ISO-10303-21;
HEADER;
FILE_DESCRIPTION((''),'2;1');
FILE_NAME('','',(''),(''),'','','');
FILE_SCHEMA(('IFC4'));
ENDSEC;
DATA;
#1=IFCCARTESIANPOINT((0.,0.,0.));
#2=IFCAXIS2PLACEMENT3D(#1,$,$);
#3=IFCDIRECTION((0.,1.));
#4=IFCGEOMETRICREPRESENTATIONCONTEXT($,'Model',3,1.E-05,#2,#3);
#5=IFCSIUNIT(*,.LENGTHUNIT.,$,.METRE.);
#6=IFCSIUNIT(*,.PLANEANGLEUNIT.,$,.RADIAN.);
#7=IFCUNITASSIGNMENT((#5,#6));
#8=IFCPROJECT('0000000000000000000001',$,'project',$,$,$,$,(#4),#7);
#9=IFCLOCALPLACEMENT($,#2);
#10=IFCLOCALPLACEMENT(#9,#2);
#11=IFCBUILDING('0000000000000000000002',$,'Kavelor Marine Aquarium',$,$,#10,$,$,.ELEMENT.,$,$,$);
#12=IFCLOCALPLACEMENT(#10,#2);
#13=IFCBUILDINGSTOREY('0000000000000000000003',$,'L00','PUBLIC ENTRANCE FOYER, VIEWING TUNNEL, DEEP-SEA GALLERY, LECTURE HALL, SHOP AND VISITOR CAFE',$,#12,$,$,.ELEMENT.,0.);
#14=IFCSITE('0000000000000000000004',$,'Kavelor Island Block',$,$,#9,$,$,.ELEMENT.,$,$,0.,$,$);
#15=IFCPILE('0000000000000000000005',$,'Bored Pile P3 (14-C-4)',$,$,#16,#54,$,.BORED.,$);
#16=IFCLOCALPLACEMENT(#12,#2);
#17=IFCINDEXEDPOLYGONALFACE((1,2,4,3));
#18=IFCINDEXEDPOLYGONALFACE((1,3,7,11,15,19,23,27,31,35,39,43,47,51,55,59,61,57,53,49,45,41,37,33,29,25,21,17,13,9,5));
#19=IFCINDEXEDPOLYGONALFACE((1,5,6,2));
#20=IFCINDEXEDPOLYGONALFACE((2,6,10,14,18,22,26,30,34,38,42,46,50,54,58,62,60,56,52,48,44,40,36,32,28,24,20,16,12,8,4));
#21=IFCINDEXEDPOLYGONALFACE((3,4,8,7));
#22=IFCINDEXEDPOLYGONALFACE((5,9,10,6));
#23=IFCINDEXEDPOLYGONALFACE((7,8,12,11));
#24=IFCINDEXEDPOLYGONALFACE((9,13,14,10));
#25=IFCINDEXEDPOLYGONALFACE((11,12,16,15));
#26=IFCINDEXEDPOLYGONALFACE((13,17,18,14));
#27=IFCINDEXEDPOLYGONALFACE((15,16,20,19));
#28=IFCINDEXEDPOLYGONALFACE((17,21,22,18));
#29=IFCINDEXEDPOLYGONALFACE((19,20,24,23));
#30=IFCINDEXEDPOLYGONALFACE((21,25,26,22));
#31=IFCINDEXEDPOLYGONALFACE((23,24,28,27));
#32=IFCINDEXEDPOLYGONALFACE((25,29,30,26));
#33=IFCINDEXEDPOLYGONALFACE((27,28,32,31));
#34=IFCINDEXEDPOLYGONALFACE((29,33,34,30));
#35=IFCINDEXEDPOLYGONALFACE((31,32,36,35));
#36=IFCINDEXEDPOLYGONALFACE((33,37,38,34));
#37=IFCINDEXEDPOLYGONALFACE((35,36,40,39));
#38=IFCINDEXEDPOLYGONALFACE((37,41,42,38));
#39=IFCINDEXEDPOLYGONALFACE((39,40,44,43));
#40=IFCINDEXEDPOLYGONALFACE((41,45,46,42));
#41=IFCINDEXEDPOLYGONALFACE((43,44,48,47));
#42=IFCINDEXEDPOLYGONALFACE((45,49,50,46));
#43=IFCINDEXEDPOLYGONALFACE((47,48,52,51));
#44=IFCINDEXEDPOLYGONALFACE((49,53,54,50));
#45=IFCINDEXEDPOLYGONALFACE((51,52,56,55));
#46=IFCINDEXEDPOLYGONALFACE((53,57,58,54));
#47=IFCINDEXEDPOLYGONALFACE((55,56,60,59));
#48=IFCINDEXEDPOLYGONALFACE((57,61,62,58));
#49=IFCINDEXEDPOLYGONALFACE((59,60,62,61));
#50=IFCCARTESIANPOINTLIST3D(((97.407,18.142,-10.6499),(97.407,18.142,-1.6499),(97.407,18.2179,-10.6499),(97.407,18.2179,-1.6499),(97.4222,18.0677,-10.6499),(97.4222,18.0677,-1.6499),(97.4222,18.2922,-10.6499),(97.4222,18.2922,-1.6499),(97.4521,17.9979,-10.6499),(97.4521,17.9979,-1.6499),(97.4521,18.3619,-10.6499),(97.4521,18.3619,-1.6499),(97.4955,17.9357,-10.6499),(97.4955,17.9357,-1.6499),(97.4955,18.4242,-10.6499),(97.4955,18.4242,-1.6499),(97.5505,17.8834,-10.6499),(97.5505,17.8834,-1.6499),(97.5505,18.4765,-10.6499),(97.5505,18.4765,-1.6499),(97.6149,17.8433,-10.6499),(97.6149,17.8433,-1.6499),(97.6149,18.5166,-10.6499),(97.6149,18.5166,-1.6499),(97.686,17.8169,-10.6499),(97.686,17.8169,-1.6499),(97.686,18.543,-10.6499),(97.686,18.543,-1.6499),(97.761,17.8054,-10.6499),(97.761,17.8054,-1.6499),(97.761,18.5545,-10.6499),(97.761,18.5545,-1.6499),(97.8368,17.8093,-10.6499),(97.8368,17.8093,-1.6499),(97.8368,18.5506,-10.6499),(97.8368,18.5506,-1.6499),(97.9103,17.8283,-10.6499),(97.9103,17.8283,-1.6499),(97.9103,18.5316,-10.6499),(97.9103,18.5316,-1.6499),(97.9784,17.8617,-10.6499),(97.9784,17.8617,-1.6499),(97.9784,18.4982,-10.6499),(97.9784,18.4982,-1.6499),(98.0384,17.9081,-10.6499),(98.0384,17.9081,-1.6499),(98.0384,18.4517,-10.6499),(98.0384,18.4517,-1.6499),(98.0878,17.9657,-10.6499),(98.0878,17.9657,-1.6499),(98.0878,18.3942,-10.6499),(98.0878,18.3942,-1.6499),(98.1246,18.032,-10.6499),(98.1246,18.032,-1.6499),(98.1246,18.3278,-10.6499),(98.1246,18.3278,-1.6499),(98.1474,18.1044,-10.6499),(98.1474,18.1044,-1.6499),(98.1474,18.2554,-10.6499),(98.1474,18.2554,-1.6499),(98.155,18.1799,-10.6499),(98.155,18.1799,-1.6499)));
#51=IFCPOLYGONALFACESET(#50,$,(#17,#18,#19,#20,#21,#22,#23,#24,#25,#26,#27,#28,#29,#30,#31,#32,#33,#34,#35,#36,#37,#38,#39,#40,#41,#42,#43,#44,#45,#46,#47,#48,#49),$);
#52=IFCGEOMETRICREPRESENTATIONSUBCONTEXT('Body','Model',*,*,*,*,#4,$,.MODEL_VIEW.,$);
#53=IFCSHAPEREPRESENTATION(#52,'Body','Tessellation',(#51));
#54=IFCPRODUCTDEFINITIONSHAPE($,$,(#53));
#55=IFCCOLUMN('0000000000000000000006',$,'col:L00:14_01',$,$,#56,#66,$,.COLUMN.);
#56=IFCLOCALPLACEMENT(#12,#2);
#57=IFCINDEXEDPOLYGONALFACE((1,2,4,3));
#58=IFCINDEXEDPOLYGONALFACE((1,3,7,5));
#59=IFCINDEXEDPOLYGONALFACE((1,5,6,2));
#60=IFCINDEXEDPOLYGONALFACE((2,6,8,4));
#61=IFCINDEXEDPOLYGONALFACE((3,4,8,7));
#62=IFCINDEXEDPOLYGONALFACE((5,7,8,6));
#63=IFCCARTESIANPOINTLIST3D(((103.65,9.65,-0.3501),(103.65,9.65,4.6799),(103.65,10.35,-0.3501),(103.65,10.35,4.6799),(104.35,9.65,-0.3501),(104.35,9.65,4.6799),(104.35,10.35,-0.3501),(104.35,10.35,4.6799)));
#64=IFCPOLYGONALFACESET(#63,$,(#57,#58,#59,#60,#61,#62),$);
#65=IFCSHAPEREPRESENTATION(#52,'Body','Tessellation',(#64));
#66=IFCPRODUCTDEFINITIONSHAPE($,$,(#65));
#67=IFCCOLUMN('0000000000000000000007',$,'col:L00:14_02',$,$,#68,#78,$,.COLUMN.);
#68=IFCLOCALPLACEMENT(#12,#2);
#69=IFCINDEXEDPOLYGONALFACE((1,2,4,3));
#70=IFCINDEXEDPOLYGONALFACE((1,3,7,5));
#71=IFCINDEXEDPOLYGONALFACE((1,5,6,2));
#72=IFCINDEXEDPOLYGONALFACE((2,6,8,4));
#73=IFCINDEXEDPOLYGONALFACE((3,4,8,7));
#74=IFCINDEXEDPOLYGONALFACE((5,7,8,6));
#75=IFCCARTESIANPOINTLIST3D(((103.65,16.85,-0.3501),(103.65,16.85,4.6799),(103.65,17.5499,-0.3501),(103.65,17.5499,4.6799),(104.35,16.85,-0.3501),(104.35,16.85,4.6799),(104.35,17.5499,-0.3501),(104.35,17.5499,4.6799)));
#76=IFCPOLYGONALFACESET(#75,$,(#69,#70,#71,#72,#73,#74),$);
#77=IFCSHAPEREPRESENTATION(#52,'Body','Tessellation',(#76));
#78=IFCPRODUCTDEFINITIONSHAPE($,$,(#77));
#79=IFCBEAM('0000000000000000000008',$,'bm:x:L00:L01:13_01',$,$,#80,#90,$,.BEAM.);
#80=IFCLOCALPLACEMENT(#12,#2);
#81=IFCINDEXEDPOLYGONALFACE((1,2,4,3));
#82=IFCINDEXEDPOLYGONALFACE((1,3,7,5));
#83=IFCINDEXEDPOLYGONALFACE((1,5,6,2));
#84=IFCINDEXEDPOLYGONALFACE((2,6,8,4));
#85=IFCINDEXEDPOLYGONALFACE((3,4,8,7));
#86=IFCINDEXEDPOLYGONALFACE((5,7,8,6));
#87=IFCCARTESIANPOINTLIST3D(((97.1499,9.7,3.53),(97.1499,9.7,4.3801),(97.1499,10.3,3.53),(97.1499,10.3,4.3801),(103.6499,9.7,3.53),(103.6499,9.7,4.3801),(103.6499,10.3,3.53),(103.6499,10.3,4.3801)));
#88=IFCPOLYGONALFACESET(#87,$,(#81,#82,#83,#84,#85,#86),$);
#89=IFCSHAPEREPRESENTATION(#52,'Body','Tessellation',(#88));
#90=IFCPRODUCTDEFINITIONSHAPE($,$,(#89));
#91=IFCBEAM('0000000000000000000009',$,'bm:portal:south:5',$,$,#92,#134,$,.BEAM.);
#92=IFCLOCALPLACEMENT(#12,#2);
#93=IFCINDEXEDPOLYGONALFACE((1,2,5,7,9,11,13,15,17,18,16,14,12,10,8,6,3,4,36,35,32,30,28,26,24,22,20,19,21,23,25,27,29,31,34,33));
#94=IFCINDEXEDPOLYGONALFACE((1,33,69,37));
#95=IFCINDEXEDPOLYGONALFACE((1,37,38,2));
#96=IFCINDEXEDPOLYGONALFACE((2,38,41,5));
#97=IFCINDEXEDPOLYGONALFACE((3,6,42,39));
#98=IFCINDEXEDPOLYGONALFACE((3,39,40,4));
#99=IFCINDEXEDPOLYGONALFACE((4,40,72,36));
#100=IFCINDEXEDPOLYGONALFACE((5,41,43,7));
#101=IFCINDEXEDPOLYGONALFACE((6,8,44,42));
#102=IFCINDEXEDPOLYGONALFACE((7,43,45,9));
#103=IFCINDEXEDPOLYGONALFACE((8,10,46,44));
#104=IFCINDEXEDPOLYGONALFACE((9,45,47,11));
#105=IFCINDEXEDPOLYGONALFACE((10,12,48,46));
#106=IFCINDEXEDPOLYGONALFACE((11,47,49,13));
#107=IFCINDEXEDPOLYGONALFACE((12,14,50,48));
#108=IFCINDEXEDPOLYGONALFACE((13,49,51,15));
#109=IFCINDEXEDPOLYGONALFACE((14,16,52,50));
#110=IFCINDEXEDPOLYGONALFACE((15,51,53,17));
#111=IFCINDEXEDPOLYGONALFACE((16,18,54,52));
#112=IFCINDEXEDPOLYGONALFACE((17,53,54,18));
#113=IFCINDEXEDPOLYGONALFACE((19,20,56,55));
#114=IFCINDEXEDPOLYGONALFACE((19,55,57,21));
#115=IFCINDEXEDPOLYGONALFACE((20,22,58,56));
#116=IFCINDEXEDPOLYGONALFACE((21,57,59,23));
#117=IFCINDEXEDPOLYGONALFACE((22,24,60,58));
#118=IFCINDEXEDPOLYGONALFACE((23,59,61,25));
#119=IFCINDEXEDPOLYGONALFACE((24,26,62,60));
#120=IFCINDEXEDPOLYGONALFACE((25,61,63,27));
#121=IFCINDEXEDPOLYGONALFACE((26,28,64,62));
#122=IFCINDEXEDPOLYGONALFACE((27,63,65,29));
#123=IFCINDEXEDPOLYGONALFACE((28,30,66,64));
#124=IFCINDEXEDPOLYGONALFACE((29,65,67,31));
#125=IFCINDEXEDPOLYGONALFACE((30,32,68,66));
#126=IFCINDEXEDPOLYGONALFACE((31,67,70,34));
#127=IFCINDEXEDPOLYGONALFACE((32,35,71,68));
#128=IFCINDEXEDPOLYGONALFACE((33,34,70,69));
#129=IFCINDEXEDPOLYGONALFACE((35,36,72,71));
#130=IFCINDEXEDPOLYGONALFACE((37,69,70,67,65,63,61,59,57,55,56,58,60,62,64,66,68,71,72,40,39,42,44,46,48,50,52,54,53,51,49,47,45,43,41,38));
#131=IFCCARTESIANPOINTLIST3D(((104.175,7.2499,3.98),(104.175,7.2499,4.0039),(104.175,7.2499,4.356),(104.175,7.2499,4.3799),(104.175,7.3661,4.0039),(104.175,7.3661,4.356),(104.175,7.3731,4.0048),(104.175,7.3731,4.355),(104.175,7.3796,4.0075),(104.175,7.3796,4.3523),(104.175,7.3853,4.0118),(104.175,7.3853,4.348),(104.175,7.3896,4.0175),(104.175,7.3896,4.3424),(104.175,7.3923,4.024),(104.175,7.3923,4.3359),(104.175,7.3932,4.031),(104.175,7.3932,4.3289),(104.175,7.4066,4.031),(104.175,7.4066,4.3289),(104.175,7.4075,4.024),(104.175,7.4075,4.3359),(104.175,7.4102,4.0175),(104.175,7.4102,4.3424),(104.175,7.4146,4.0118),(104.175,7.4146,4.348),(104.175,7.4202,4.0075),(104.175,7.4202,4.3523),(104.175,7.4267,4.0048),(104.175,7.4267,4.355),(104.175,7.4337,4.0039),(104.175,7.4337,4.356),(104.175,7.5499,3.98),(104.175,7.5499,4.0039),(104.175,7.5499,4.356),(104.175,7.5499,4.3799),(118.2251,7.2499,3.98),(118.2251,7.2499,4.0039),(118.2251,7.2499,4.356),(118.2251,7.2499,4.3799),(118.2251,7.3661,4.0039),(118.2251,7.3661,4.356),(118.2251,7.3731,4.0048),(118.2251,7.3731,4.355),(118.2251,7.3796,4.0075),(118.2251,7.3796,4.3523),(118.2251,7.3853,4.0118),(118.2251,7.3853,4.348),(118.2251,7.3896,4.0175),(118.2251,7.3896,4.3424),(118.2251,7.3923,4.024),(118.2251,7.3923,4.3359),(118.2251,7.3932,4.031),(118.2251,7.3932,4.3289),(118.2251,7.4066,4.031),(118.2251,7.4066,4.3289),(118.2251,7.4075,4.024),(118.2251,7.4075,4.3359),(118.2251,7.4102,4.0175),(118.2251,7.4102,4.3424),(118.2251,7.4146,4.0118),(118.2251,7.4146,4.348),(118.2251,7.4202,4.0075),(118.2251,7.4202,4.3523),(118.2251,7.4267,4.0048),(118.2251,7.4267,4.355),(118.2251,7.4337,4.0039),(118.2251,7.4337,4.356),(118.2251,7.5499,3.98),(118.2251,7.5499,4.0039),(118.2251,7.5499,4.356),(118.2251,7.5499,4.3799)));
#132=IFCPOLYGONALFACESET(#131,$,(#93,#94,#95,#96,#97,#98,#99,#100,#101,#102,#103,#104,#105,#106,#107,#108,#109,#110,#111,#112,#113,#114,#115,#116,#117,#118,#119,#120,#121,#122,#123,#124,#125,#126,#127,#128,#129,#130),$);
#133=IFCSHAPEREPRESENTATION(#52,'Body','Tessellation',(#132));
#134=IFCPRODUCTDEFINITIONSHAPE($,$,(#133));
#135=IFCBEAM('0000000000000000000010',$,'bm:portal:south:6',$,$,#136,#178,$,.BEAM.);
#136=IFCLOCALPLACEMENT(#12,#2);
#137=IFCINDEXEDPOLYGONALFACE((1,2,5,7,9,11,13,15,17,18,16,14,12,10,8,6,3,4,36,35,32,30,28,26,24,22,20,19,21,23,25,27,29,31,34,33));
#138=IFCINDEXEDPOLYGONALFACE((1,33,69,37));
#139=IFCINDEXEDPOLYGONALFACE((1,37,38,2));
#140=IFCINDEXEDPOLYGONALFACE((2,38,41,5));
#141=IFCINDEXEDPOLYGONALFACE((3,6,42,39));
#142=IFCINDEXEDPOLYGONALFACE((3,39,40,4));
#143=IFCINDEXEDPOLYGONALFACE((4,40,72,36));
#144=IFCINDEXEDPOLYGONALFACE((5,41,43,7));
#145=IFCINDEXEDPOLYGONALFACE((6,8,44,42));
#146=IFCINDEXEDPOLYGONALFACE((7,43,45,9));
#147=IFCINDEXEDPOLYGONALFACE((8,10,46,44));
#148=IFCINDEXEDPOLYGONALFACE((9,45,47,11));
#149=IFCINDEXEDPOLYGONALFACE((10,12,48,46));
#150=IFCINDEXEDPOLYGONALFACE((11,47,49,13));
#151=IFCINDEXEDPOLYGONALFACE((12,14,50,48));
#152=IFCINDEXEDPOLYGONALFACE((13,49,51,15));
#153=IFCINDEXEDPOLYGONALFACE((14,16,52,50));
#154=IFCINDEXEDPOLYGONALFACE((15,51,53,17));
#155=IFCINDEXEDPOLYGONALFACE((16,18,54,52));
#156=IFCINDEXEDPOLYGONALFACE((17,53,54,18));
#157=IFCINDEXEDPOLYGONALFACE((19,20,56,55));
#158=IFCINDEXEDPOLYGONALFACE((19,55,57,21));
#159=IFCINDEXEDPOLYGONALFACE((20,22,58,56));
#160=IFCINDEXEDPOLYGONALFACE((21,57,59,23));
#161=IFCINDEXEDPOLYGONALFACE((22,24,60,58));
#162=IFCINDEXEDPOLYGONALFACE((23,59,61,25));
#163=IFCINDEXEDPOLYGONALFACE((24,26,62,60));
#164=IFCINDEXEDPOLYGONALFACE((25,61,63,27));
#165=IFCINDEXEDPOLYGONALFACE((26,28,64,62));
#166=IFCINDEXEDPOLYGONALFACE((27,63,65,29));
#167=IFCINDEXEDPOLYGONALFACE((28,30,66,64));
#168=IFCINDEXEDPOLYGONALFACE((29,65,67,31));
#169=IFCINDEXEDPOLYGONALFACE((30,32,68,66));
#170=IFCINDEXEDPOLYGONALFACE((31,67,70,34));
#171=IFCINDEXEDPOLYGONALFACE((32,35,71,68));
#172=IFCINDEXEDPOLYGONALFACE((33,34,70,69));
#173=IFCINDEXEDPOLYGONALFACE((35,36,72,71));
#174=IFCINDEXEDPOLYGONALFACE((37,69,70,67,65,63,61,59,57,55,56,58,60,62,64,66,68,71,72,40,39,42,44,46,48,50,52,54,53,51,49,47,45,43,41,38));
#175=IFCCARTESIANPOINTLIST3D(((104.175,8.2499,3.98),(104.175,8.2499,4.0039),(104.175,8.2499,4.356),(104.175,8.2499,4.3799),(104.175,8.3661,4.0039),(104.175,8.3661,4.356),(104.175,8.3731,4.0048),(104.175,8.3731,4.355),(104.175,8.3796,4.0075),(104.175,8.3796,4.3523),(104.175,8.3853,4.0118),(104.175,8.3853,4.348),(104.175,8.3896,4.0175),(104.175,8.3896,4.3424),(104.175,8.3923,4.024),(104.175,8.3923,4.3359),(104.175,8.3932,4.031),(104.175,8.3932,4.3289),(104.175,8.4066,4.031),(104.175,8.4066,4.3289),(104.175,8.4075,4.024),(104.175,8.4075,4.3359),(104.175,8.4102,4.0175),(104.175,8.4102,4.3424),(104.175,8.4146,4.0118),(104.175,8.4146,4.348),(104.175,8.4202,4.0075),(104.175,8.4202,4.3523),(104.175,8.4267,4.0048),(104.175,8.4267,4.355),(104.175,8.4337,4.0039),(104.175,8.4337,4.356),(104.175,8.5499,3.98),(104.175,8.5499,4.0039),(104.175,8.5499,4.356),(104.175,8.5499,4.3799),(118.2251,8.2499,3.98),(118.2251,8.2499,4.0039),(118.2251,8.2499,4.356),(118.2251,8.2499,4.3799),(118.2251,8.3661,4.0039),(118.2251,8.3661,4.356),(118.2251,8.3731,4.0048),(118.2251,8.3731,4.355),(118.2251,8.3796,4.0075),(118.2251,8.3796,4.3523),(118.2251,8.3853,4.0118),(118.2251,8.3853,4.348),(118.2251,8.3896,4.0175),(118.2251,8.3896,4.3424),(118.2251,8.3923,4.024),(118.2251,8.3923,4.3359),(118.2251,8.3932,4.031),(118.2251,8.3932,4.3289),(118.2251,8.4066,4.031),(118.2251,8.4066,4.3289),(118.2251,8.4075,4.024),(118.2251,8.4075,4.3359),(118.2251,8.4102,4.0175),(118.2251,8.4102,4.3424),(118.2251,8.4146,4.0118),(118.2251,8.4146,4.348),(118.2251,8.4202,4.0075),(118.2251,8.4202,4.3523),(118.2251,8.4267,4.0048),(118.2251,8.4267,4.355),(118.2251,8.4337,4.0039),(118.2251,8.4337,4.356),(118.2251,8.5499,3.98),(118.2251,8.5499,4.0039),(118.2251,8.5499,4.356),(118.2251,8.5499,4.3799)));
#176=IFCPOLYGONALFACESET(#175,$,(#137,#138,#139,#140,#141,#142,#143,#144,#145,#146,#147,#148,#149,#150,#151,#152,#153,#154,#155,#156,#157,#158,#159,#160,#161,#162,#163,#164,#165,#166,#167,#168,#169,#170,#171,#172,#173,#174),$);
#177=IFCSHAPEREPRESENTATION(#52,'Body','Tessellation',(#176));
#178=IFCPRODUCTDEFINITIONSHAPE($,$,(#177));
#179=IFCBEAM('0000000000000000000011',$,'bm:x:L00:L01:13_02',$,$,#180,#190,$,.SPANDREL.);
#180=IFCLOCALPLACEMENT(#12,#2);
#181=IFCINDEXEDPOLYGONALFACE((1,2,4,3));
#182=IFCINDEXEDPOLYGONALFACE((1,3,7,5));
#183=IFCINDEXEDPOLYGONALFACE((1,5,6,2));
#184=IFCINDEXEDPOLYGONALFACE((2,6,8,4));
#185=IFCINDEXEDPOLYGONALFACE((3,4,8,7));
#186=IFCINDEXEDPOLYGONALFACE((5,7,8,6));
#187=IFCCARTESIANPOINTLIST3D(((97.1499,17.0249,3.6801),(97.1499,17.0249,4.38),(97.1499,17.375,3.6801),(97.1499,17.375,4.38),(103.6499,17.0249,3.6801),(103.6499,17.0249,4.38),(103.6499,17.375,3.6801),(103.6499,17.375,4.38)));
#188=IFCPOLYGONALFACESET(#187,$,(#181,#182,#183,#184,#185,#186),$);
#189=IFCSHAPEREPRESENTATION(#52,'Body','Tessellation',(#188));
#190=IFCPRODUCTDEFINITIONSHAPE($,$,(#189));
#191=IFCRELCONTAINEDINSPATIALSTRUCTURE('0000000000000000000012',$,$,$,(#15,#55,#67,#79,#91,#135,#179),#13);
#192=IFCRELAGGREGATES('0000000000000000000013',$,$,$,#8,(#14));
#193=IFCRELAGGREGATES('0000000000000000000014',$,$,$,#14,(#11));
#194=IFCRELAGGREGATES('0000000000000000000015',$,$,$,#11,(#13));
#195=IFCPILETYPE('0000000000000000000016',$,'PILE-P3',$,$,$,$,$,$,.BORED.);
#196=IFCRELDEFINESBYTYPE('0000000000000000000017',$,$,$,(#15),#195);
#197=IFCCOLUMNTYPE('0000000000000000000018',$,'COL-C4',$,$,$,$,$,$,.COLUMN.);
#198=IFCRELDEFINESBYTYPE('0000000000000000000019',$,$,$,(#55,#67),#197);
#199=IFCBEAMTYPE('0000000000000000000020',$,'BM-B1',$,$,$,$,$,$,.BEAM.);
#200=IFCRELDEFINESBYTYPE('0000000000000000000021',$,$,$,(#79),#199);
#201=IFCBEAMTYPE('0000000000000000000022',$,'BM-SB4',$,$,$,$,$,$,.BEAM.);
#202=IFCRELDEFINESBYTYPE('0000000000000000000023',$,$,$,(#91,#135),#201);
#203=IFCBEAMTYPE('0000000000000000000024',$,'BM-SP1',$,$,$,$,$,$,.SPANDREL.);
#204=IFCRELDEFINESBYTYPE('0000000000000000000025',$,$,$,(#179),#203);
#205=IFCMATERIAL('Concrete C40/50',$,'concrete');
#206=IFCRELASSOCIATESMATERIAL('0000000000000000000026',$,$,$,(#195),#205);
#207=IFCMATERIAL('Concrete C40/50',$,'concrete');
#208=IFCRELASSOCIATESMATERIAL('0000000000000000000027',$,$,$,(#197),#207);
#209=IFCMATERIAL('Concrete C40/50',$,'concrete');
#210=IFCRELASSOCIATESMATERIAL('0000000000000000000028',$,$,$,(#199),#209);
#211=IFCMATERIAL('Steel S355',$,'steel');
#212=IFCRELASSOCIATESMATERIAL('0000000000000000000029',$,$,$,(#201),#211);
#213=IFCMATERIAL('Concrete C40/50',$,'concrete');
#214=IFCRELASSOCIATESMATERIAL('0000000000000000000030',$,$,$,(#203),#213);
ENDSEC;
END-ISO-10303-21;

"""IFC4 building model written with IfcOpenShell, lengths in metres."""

from ifc_helpers import new_model, si_unit, direction, frame, origin, origin_2d, place, context, subcontext, project, spatial, rectangle, circle, i_section, extrude, material, material_profile, profile_set, type_object, element, save


model = new_model("IFC4")

# Units and contexts
model_context = context("Model", 3, precision=1e-05, world=origin(), true_north=direction((0.0, 1.0)))
body_context = subcontext(model_context, "Body", "Model", "MODEL_VIEW")
ifc_project = project(units=[si_unit("LENGTHUNIT", "METRE"), si_unit("PLANEANGLEUNIT", "RADIAN")], contexts=[model_context])

# Site, building, storey
site_placement = place(None, origin())
site = spatial("IfcSite", under=ifc_project, at=site_placement, Name="Kavelor Island Block", CompositionType="ELEMENT", RefElevation=0.0)
building_placement = place(site_placement, origin())
building = spatial("IfcBuilding", under=site, at=building_placement, Name="Kavelor Marine Aquarium", CompositionType="ELEMENT")
storey_placement = place(building_placement, origin())
storey = spatial("IfcBuildingStorey", under=building, at=storey_placement, Name="L00", Description="PUBLIC ENTRANCE FOYER, VIEWING TUNNEL, DEEP-SEA GALLERY, LECTURE HALL, SHOP AND VISITOR CAFE", CompositionType="ELEMENT", Elevation=0.0)

# Pile
ifc_material_1 = material(Name="Concrete C40/50", Category="concrete")
ifc_material_profile_1 = material_profile(ifc_material_1, circle(Radius=0.375, at=origin_2d()), Name="PILE D750")
ifc_profile_set_1 = profile_set([ifc_material_profile_1], Name="Concrete C40/50")
pile_type_1 = type_object("IfcPileType", Name="PILE-P3", PredefinedType="BORED", material=ifc_profile_set_1)
for number, where, z_axis, x_axis, name in (
    (1, (97.78, 18.1799, -1.6499), (0.0, 0.0, -1.0), (1.0, 0.0, 0.0), "Bored Pile P3 (14-C-4)"),
):
    element("IfcPile", number, at=place(storey_placement, frame(where, z_axis=z_axis, x_axis=x_axis)), inside=storey, type_object=pile_type_1, Name=name, PredefinedType="BORED", context=body_context, shape_type="SweptSolid", body=[
        extrude(circle(Radius=0.375, at=origin_2d()), origin(), (0.0, 0.0, 1.0), 9.0),
    ])

# Columns
ifc_material_2 = material(Name="Concrete C40/50", Category="concrete")
ifc_material_profile_2 = material_profile(ifc_material_2, rectangle(XDim=0.7, YDim=0.7, at=origin_2d()), Name="RC-COL 700x700")
ifc_profile_set_2 = profile_set([ifc_material_profile_2], Name="Concrete C40/50")
column_type = type_object("IfcColumnType", Name="COL-C4", PredefinedType="COLUMN", material=ifc_profile_set_2)
for number, where, z_axis, x_axis, name in (
    (2, (104.0, 10.0, -0.3501), (0.0, 0.0, 1.0), (1.0, 0.0, 0.0), "col:L00:14_01"),
    (3, (104.0, 17.2, -0.3501), (0.0, 0.0, 1.0), (1.0, 0.0, 0.0), "col:L00:14_02"),
):
    element("IfcColumn", number, at=place(storey_placement, frame(where, z_axis=z_axis, x_axis=x_axis)), inside=storey, type_object=column_type, Name=name, PredefinedType="COLUMN", context=body_context, shape_type="SweptSolid", body=[
        extrude(rectangle(XDim=0.7, YDim=0.7, at=origin_2d()), origin(), (0.0, 0.0, 1.0), 5.03),
    ])

# Beams
ifc_material_3 = material(Name="Concrete C40/50", Category="concrete")
ifc_material_profile_3 = material_profile(ifc_material_3, rectangle(XDim=0.6001, YDim=0.8501, at=origin_2d()), Name="RC-BM 600x850")
ifc_profile_set_3 = profile_set([ifc_material_profile_3], Name="Concrete C40/50")
beam_type_1 = type_object("IfcBeamType", Name="BM-B1", PredefinedType="BEAM", material=ifc_profile_set_3)
beam_placement = place(storey_placement, frame((97.1499, 10.0, 3.9551), z_axis=(1.0, 0.0, 0.0), x_axis=(0.0, 1.0, 0.0)))
element("IfcBeam", 4, at=beam_placement, inside=storey, type_object=beam_type_1, Name="bm:x:L00:L01:13_01", PredefinedType="BEAM", context=body_context, shape_type="SweptSolid", body=[
    extrude(rectangle(XDim=0.6001, YDim=0.8501, at=origin_2d()), origin(), (0.0, 0.0, 1.0), 6.5),
])
ifc_material_4 = material(Name="Steel S355", Category="steel")
ifc_material_profile_4 = material_profile(ifc_material_4, i_section(OverallWidth=0.3, OverallDepth=0.3999, WebThickness=0.0134, FlangeThickness=0.0239, FilletRadius=0.0271, at=origin_2d()), Name="HEB 400")
ifc_profile_set_4 = profile_set([ifc_material_profile_4], Name="Steel S355")
beam_type_2 = type_object("IfcBeamType", Name="BM-SB4", PredefinedType="BEAM", material=ifc_profile_set_4)
for number, where, z_axis, x_axis, name in (
    (5, (104.175, 7.3999, 4.1799), (1.0, 0.0, 0.0), (0.0, 1.0, 0.0), "bm:portal:south:5"),
    (6, (104.175, 8.3999, 4.1799), (1.0, 0.0, 0.0), (0.0, 1.0, 0.0), "bm:portal:south:6"),
):
    element("IfcBeam", number, at=place(storey_placement, frame(where, z_axis=z_axis, x_axis=x_axis)), inside=storey, type_object=beam_type_2, Name=name, PredefinedType="BEAM", context=body_context, shape_type="SweptSolid", body=[
        extrude(i_section(OverallWidth=0.3, OverallDepth=0.3999, WebThickness=0.0134, FlangeThickness=0.0239, FilletRadius=0.0271, at=origin_2d()), origin(), (0.0, 0.0, 1.0), 14.05),
    ])
ifc_material_5 = material(Name="Concrete C40/50", Category="concrete")
ifc_material_profile_5 = material_profile(ifc_material_5, rectangle(XDim=0.3501, YDim=0.7, at=origin_2d()), Name="RC-SP 350x700")
ifc_profile_set_5 = profile_set([ifc_material_profile_5], Name="Concrete C40/50")
beam_type_3 = type_object("IfcBeamType", Name="BM-SP1", PredefinedType="SPANDREL", material=ifc_profile_set_5)
for number, where, z_axis, x_axis, name in (
    (7, (97.1499, 17.2, 4.03), (1.0, 0.0, 0.0), (0.0, 1.0, 0.0), "bm:x:L00:L01:13_02"),
):
    element("IfcBeam", number, at=place(storey_placement, frame(where, z_axis=z_axis, x_axis=x_axis)), inside=storey, type_object=beam_type_3, Name=name, PredefinedType="SPANDREL", context=body_context, shape_type="SweptSolid", body=[
        extrude(rectangle(XDim=0.3501, YDim=0.7, at=origin_2d()), origin(), (0.0, 0.0, 1.0), 6.5),
    ])

save(model, "model.ifc")
